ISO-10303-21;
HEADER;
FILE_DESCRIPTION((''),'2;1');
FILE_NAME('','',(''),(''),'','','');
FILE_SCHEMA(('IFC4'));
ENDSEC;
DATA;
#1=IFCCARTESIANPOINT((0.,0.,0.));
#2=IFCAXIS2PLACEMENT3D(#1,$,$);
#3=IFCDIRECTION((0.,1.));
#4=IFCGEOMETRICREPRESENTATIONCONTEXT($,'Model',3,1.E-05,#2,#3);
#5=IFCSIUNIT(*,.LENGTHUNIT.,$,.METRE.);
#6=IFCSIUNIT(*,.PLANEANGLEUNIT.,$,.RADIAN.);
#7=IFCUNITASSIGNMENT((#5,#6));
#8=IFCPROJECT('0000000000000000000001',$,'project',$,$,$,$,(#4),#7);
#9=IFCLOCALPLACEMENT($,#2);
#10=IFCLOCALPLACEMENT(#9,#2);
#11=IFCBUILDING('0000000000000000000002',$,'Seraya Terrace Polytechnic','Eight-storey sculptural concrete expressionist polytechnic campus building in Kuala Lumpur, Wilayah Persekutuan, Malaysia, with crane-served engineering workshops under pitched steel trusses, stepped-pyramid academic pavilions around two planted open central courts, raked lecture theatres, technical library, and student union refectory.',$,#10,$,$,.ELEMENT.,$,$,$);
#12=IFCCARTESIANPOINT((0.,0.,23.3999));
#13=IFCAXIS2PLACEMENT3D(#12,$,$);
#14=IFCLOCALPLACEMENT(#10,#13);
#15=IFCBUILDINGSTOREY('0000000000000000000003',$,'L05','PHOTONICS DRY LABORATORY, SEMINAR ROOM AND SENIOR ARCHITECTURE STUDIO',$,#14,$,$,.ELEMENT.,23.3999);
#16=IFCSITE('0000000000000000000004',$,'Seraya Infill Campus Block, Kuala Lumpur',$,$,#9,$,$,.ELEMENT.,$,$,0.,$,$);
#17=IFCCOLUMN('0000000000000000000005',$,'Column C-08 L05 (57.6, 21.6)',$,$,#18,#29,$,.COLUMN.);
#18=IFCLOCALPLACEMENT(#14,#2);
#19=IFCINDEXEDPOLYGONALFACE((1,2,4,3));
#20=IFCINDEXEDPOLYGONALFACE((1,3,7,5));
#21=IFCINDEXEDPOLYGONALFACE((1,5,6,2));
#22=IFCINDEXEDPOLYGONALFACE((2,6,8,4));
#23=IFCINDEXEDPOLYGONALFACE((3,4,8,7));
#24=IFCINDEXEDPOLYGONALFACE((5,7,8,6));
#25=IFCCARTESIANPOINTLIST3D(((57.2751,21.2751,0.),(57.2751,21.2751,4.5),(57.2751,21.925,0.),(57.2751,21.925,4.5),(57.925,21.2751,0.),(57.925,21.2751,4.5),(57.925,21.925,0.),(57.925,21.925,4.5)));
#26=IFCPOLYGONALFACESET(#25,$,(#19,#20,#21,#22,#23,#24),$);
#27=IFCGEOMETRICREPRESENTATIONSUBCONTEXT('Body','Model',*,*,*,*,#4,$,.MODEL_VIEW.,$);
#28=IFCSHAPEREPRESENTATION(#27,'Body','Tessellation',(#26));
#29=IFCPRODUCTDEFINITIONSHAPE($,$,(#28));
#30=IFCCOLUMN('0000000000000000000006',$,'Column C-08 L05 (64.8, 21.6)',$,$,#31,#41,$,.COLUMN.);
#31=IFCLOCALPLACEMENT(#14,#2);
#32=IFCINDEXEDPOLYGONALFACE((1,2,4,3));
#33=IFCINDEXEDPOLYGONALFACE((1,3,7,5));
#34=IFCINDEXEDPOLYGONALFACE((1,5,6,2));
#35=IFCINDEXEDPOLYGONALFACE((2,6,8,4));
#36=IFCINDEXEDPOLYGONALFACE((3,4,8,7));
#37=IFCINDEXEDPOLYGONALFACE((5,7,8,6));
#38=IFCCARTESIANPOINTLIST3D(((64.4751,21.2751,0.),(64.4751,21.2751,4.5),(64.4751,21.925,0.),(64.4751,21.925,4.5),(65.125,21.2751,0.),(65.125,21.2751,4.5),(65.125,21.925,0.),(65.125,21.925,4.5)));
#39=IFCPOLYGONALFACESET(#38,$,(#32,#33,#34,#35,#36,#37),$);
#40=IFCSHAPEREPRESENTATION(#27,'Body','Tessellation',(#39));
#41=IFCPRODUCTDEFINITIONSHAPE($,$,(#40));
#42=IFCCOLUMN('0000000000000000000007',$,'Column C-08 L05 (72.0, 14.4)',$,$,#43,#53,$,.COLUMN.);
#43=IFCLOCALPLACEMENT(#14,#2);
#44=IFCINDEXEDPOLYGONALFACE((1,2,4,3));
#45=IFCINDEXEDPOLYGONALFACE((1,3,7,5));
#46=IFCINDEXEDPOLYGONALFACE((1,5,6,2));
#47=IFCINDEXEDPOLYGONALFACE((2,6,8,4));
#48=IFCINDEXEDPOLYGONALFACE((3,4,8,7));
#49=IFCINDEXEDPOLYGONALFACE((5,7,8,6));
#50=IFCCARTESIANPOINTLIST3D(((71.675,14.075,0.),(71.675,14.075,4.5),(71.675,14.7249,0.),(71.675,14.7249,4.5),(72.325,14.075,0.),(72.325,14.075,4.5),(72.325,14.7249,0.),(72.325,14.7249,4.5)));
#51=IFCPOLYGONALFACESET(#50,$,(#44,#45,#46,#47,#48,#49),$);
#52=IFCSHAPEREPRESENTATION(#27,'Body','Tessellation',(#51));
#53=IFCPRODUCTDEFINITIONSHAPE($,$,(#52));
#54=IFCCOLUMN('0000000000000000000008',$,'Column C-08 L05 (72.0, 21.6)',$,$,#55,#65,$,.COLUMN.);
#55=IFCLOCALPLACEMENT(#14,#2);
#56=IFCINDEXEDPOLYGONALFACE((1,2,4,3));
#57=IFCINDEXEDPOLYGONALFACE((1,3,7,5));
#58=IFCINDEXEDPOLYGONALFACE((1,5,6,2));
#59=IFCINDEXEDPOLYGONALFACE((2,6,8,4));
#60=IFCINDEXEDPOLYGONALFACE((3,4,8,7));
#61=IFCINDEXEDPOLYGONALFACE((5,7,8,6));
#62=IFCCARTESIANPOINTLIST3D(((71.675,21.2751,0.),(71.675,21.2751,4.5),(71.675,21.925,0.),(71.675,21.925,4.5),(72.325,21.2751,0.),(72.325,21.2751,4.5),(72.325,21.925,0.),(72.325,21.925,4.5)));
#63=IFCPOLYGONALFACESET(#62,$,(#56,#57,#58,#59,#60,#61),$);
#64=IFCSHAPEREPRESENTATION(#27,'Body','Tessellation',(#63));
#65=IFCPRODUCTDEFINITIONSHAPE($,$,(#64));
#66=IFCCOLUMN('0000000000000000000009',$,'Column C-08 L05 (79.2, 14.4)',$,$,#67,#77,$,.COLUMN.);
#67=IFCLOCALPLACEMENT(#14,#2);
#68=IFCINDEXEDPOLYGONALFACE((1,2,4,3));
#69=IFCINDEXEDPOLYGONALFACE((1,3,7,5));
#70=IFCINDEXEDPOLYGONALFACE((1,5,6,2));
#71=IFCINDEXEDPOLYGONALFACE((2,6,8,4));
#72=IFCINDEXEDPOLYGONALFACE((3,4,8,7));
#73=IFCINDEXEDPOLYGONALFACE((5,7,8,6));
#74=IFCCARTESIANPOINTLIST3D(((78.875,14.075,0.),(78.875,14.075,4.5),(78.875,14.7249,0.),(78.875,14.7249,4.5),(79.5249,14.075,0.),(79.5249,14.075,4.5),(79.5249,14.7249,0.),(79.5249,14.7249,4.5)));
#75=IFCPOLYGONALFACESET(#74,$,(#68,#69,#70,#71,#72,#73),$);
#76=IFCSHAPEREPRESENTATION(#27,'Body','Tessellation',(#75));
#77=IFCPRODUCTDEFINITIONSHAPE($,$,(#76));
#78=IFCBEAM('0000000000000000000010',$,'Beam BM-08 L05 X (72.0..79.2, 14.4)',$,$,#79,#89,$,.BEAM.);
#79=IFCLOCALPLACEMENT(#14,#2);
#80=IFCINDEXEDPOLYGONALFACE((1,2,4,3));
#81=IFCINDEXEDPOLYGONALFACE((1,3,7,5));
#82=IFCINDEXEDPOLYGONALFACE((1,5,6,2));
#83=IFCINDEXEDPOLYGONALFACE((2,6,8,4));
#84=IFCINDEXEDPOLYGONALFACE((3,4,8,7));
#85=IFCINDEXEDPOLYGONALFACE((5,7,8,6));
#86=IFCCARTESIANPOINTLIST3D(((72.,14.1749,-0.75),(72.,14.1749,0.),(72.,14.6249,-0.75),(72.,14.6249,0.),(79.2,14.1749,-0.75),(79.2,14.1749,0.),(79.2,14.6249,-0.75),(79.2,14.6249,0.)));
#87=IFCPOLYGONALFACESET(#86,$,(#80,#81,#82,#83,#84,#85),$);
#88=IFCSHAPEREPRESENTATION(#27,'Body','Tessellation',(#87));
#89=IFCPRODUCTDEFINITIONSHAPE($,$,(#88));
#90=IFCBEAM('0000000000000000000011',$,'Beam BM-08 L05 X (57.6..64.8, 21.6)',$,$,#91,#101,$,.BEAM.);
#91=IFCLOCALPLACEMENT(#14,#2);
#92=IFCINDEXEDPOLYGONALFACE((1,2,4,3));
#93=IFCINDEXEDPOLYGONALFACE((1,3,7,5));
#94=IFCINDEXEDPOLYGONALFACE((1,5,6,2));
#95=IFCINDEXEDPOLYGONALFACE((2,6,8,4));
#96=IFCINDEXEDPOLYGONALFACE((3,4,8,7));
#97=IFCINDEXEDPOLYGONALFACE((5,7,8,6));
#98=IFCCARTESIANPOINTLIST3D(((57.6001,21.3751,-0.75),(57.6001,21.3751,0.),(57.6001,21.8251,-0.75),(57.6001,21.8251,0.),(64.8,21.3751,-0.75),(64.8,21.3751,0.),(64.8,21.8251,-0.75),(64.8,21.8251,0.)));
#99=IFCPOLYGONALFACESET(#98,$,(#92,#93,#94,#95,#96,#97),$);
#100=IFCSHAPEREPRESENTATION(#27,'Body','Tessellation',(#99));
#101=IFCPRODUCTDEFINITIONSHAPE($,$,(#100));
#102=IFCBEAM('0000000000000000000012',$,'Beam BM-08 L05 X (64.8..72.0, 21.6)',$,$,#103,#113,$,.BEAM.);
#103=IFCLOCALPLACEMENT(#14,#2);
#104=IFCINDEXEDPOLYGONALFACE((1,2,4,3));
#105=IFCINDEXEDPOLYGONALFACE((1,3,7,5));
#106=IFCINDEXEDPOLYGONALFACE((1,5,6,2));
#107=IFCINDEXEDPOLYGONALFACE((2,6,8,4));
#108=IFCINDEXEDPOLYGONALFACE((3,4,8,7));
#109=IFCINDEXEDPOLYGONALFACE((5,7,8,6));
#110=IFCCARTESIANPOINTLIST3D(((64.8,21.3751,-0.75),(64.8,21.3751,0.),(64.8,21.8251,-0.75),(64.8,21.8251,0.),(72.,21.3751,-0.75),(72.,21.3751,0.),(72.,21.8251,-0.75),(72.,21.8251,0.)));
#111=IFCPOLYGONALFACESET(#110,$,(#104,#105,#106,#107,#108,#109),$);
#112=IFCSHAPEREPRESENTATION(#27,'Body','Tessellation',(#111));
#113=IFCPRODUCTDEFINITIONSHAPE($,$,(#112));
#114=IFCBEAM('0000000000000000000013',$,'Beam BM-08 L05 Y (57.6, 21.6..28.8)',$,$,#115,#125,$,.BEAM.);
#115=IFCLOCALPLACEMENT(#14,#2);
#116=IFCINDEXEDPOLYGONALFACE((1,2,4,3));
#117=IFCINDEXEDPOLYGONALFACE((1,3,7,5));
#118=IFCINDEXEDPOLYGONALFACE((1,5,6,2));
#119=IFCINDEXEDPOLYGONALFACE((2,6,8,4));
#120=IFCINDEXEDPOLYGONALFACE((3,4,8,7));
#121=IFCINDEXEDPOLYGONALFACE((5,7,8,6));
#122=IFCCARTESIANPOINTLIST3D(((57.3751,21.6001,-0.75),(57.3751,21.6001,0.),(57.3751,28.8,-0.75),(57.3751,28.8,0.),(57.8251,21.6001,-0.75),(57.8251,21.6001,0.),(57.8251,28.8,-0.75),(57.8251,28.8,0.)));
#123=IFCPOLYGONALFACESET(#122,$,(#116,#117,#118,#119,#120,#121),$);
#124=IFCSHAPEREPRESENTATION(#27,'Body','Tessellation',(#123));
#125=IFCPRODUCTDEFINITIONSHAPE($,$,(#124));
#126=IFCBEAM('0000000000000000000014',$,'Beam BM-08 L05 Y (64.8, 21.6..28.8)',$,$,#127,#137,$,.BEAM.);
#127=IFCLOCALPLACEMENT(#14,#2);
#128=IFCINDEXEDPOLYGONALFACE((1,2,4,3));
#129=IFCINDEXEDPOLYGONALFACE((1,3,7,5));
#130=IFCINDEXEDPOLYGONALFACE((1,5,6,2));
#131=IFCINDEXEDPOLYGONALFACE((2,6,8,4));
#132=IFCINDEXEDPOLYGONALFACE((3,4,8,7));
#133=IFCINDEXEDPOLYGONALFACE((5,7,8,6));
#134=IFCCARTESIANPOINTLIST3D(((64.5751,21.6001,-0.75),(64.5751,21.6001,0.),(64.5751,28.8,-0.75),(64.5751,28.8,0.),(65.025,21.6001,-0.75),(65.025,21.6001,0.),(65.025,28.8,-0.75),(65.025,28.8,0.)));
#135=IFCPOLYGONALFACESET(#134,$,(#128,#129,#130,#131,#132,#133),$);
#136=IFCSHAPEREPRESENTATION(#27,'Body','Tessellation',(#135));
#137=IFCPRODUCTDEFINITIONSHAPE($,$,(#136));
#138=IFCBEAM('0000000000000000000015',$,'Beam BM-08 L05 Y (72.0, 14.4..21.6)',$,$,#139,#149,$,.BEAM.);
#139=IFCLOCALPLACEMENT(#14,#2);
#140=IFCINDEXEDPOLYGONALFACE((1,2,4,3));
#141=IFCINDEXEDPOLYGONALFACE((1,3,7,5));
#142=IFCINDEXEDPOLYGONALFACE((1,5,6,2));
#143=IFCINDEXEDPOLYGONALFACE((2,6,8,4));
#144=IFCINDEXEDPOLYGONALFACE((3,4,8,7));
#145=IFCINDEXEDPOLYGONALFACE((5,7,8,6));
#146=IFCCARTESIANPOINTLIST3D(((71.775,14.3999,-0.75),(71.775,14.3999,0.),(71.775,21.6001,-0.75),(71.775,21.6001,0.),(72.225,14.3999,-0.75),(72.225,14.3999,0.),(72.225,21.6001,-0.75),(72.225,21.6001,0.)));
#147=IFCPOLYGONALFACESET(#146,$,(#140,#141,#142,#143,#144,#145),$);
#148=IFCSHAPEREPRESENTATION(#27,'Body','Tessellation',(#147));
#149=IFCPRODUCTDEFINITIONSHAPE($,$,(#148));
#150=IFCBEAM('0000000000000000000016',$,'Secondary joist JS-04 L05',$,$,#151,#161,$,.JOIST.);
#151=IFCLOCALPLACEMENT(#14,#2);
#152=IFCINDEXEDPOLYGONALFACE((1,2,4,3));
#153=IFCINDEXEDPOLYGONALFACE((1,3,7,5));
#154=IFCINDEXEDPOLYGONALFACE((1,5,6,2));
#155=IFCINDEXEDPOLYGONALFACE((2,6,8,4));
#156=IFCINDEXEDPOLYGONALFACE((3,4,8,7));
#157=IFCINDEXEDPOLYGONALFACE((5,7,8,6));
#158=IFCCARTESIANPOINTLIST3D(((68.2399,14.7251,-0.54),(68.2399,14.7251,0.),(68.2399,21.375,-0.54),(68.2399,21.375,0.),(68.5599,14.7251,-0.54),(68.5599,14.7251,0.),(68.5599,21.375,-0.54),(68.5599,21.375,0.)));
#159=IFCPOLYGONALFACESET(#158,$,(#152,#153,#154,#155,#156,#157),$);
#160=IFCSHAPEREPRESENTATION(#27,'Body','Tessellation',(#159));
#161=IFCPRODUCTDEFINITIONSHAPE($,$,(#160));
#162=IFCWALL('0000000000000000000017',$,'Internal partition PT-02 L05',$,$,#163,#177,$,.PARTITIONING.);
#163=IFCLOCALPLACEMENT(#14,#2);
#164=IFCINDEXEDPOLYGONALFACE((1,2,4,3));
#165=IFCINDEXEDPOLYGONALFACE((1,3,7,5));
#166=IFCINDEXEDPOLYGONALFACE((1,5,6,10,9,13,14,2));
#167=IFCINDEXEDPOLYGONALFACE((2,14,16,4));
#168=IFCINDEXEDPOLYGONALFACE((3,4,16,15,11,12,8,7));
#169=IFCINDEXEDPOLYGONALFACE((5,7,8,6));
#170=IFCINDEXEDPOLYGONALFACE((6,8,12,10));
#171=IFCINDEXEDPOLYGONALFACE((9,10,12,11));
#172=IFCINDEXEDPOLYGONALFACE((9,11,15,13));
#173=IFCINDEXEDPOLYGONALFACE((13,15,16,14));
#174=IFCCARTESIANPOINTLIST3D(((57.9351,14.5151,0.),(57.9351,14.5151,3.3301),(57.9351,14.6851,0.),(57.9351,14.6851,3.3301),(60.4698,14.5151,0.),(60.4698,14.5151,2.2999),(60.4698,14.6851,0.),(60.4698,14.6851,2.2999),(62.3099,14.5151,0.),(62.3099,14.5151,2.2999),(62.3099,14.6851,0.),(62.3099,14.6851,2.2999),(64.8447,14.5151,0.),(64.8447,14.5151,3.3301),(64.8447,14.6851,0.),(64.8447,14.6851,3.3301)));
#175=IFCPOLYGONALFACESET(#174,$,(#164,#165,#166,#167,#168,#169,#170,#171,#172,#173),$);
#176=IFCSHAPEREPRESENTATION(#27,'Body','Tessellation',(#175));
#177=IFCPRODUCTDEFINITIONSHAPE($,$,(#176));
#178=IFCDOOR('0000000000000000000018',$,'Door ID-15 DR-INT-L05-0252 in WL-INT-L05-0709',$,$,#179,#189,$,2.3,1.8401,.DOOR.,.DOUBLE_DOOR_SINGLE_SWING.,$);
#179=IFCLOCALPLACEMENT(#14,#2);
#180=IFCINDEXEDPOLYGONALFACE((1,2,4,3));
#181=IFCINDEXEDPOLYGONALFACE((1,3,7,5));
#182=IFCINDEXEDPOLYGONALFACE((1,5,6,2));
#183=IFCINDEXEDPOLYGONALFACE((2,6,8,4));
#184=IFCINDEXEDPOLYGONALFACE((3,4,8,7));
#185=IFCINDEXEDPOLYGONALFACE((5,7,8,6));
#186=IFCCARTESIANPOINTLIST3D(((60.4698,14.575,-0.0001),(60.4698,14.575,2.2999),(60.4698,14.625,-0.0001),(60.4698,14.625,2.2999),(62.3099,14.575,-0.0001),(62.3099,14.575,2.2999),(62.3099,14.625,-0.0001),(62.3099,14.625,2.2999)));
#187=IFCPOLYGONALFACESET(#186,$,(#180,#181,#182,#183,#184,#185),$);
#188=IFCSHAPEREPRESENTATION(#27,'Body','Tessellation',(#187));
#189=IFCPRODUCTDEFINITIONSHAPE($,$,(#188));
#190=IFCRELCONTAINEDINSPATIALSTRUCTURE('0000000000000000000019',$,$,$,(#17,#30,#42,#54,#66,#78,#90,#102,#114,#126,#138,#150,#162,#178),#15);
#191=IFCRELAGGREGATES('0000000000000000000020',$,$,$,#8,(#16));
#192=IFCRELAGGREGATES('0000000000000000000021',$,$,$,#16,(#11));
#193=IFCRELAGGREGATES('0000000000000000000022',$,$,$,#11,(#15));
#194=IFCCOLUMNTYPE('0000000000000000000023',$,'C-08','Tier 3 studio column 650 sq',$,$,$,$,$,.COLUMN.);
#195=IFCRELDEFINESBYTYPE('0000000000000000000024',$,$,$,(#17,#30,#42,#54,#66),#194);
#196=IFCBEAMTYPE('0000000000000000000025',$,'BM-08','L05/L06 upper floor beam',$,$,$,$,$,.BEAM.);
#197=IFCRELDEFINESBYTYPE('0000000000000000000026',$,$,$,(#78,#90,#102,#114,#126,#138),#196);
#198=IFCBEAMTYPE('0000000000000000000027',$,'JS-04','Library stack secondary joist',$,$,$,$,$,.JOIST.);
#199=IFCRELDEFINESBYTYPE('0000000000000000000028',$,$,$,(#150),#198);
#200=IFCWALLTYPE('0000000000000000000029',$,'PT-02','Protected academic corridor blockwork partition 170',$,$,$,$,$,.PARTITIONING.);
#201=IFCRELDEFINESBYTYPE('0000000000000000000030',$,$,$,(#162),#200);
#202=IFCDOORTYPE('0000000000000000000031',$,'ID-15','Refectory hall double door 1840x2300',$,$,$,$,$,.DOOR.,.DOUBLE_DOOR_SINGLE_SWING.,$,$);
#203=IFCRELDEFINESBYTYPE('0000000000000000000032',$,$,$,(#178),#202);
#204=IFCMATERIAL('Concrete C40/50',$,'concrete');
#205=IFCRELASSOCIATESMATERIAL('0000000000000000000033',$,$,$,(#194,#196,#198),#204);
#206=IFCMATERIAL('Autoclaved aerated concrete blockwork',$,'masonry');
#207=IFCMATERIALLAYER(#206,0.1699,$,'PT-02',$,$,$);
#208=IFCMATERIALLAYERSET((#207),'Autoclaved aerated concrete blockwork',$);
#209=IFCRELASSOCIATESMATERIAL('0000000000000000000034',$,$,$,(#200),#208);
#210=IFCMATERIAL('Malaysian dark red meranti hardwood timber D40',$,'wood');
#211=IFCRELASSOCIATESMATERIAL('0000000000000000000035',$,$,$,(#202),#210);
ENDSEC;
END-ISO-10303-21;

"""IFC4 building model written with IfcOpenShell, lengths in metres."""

from ifc_helpers import new_model, si_unit, direction, frame, frame_2d, origin, origin_2d, place, context, subcontext, project, spatial, rectangle, extrude, material, layer, layer_set, material_profile, profile_set, type_object, element, fill, save


model = new_model("IFC4")

# Units and contexts
model_context = context("Model", 3, precision=1e-05, world=origin(), true_north=direction((0.0, 1.0)))
body_context = subcontext(model_context, "Body", "Model", "MODEL_VIEW")
ifc_project = project(units=[si_unit("LENGTHUNIT", "METRE"), si_unit("PLANEANGLEUNIT", "RADIAN")], contexts=[model_context])

# Site, building, storey
site_placement = place(None, origin())
site = spatial("IfcSite", under=ifc_project, at=site_placement, Name="Seraya Infill Campus Block, Kuala Lumpur", CompositionType="ELEMENT", RefElevation=0.0)
building_placement = place(site_placement, origin())
building = spatial("IfcBuilding", under=site, at=building_placement, Name="Seraya Terrace Polytechnic", Description="Eight-storey sculptural concrete expressionist polytechnic campus building in Kuala Lumpur, Wilayah Persekutuan, Malaysia, with crane-served engineering workshops under pitched steel trusses, stepped-pyramid academic pavilions around two planted open central courts, raked lecture theatres, technical library, and student union refectory.", CompositionType="ELEMENT")
storey_placement = place(building_placement, frame((0.0, 0.0, 23.3999)))
storey = spatial("IfcBuildingStorey", under=building, at=storey_placement, Name="L05", Description="PHOTONICS DRY LABORATORY, SEMINAR ROOM AND SENIOR ARCHITECTURE STUDIO", CompositionType="ELEMENT", Elevation=23.3999)

# Columns
ifc_material_1 = material(Name="Concrete C40/50", Category="concrete")
ifc_material_profile_1 = material_profile(ifc_material_1, rectangle(XDim=0.6499, YDim=0.6499, at=origin_2d()), Name="RC 650x650")
ifc_profile_set_1 = profile_set([ifc_material_profile_1], Name="Concrete C40/50")
column_type = type_object("IfcColumnType", Name="C-08", Description="Tier 3 studio column 650 sq", PredefinedType="COLUMN", material=ifc_profile_set_1)
for number, where, z_axis, x_axis, name in (
    (1, (57.6001, 21.6001, 0.0), (0.0, 0.0, 1.0), (1.0, 0.0, 0.0), "Column C-08 L05 (57.6, 21.6)"),
    (2, (64.8, 21.6001, 0.0), (0.0, 0.0, 1.0), (1.0, 0.0, 0.0), "Column C-08 L05 (64.8, 21.6)"),
    (3, (72.0, 14.3999, 0.0), (0.0, 0.0, 1.0), (1.0, 0.0, 0.0), "Column C-08 L05 (72.0, 14.4)"),
    (4, (72.0, 21.6001, 0.0), (0.0, 0.0, 1.0), (1.0, 0.0, 0.0), "Column C-08 L05 (72.0, 21.6)"),
    (5, (79.2, 14.3999, 0.0), (0.0, 0.0, 1.0), (1.0, 0.0, 0.0), "Column C-08 L05 (79.2, 14.4)"),
):
    element("IfcColumn", number, at=place(storey_placement, frame(where, z_axis=z_axis, x_axis=x_axis)), inside=storey, type_object=column_type, Name=name, PredefinedType="COLUMN", context=body_context, shape_type="SweptSolid", body=[
        extrude(rectangle(XDim=0.6499, YDim=0.6499, at=origin_2d()), origin(), (0.0, 0.0, 1.0), 4.5),
    ])

# Beams
ifc_material_profile_2 = material_profile(ifc_material_1, rectangle(XDim=0.45, YDim=0.75, at=origin_2d()), Name="RC 450x750")
ifc_profile_set_2 = profile_set([ifc_material_profile_2], Name="Concrete C40/50")
beam_type_1 = type_object("IfcBeamType", Name="BM-08", Description="L05/L06 upper floor beam", PredefinedType="BEAM", material=ifc_profile_set_2)
for number, where, z_axis, x_axis, name in (
    (6, (72.0, 14.3999, -0.375), (1.0, 0.0, 0.0), (0.0, 1.0, 0.0), "Beam BM-08 L05 X (72.0..79.2, 14.4)"),
    (7, (57.6001, 21.6001, -0.375), (1.0, 0.0, 0.0), (0.0, 1.0, 0.0), "Beam BM-08 L05 X (57.6..64.8, 21.6)"),
    (8, (64.8, 21.6001, -0.375), (1.0, 0.0, 0.0), (0.0, 1.0, 0.0), "Beam BM-08 L05 X (64.8..72.0, 21.6)"),
    (9, (57.6001, 21.6001, -0.375), (0.0, 1.0, 0.0), (-1.0, 0.0, 0.0), "Beam BM-08 L05 Y (57.6, 21.6..28.8)"),
    (10, (64.8, 21.6001, -0.375), (0.0, 1.0, 0.0), (-1.0, 0.0, 0.0), "Beam BM-08 L05 Y (64.8, 21.6..28.8)"),
):
    element("IfcBeam", number, at=place(storey_placement, frame(where, z_axis=z_axis, x_axis=x_axis)), inside=storey, type_object=beam_type_1, Name=name, PredefinedType="BEAM", context=body_context, shape_type="SweptSolid", body=[
        extrude(rectangle(XDim=0.45, YDim=0.75, at=origin_2d()), origin(), (0.0, 0.0, 1.0), 7.2),
    ])
beam_1_placement = place(storey_placement, frame((72.0, 14.3999, -0.375), z_axis=(0.0, 1.0, 0.0), x_axis=(-1.0, 0.0, 0.0)))
element("IfcBeam", 11, at=beam_1_placement, inside=storey, type_object=beam_type_1, Name="Beam BM-08 L05 Y (72.0, 14.4..21.6)", PredefinedType="BEAM", context=body_context, shape_type="SweptSolid", body=[
    extrude(rectangle(XDim=0.45, YDim=0.75, at=origin_2d()), origin(), (0.0, 0.0, 1.0), 7.2002),
])
ifc_material_profile_3 = material_profile(ifc_material_1, rectangle(XDim=0.3201, YDim=0.54, at=origin_2d()), Name="RC 320x540")
ifc_profile_set_3 = profile_set([ifc_material_profile_3], Name="Concrete C40/50")
beam_type_2 = type_object("IfcBeamType", Name="JS-04", Description="Library stack secondary joist", PredefinedType="JOIST", material=ifc_profile_set_3)
beam_2_placement = place(storey_placement, frame((68.3999, 14.7251, -0.27), z_axis=(0.0, 1.0, 0.0), x_axis=(-1.0, 0.0, 0.0)))
element("IfcBeam", 12, at=beam_2_placement, inside=storey, type_object=beam_type_2, Name="Secondary joist JS-04 L05", PredefinedType="JOIST", context=body_context, shape_type="SweptSolid", body=[
    extrude(rectangle(XDim=0.3201, YDim=0.54, at=origin_2d()), origin(), (0.0, 0.0, 1.0), 6.6499),
])

# Wall, opening, door
ifc_material_2 = material(Name="Autoclaved aerated concrete blockwork", Category="masonry")
ifc_layer_1 = layer(ifc_material_2, 0.1699, Name="PT-02")
ifc_layer_set_1 = layer_set([ifc_layer_1], Name="Autoclaved aerated concrete blockwork")
wall_type_1 = type_object("IfcWallType", Name="PT-02", Description="Protected academic corridor blockwork partition 170", PredefinedType="PARTITIONING", material=ifc_layer_set_1)
wall_1_placement = place(storey_placement, frame((57.9351, 14.6001, 0.0), z_axis=(0.0, 0.0, 1.0), x_axis=(1.0, 0.0, 0.0)))
wall_1 = element("IfcWall", 13, at=wall_1_placement, inside=storey, type_object=wall_type_1, Name="Internal partition PT-02 L05", PredefinedType="PARTITIONING", context=body_context, shape_type="SweptSolid", body=[
    extrude(rectangle(XDim=6.9097, YDim=0.1699, at=frame_2d((3.4548, 0.0))), origin(), (0.0, 0.0, 1.0), 3.3301),
])
opening_1_placement = place(wall_1_placement, frame((2.5349, 0.0, 0.0)))
opening_1 = element("IfcOpeningElement", 14, at=opening_1_placement, cuts=wall_1, PredefinedType="OPENING", context=body_context, shape_type="SweptSolid", body=[
    extrude(rectangle(XDim=1.8401, YDim=2.3, at=frame_2d((0.9199, 1.1499))), frame((0.0, 0.0969, 0.0), z_axis=(0.0, -1.0, 0.0), x_axis=(1.0, 0.0, 0.0)), (0.0, 0.0, 1.0), 0.1938),
])
ifc_material_3 = material(Name="Malaysian dark red meranti hardwood timber D40", Category="wood")
door_type_1 = type_object("IfcDoorType", Name="ID-15", Description="Refectory hall double door 1840x2300", OperationType="DOUBLE_DOOR_SINGLE_SWING", PredefinedType="DOOR", material=ifc_material_3)
door_1_placement = place(opening_1_placement, origin())
door_1 = element("IfcDoor", 15, at=door_1_placement, inside=storey, type_object=door_type_1, Name="Door ID-15 DR-INT-L05-0252 in WL-INT-L05-0709", OperationType="DOUBLE_DOOR_SINGLE_SWING", OverallHeight=2.3, OverallWidth=1.8401, PredefinedType="DOOR", context=body_context, shape_type="SweptSolid", body=[
    extrude(rectangle(XDim=1.8401, YDim=2.3, at=frame_2d((0.9199, 1.1499))), frame((0.0, 0.0249, 0.0), z_axis=(0.0, -1.0, 0.0), x_axis=(1.0, 0.0, 0.0)), (0.0, 0.0, 1.0), 0.05),
])
fill(opening_1, door_1)

save(model, "model.ifc")
